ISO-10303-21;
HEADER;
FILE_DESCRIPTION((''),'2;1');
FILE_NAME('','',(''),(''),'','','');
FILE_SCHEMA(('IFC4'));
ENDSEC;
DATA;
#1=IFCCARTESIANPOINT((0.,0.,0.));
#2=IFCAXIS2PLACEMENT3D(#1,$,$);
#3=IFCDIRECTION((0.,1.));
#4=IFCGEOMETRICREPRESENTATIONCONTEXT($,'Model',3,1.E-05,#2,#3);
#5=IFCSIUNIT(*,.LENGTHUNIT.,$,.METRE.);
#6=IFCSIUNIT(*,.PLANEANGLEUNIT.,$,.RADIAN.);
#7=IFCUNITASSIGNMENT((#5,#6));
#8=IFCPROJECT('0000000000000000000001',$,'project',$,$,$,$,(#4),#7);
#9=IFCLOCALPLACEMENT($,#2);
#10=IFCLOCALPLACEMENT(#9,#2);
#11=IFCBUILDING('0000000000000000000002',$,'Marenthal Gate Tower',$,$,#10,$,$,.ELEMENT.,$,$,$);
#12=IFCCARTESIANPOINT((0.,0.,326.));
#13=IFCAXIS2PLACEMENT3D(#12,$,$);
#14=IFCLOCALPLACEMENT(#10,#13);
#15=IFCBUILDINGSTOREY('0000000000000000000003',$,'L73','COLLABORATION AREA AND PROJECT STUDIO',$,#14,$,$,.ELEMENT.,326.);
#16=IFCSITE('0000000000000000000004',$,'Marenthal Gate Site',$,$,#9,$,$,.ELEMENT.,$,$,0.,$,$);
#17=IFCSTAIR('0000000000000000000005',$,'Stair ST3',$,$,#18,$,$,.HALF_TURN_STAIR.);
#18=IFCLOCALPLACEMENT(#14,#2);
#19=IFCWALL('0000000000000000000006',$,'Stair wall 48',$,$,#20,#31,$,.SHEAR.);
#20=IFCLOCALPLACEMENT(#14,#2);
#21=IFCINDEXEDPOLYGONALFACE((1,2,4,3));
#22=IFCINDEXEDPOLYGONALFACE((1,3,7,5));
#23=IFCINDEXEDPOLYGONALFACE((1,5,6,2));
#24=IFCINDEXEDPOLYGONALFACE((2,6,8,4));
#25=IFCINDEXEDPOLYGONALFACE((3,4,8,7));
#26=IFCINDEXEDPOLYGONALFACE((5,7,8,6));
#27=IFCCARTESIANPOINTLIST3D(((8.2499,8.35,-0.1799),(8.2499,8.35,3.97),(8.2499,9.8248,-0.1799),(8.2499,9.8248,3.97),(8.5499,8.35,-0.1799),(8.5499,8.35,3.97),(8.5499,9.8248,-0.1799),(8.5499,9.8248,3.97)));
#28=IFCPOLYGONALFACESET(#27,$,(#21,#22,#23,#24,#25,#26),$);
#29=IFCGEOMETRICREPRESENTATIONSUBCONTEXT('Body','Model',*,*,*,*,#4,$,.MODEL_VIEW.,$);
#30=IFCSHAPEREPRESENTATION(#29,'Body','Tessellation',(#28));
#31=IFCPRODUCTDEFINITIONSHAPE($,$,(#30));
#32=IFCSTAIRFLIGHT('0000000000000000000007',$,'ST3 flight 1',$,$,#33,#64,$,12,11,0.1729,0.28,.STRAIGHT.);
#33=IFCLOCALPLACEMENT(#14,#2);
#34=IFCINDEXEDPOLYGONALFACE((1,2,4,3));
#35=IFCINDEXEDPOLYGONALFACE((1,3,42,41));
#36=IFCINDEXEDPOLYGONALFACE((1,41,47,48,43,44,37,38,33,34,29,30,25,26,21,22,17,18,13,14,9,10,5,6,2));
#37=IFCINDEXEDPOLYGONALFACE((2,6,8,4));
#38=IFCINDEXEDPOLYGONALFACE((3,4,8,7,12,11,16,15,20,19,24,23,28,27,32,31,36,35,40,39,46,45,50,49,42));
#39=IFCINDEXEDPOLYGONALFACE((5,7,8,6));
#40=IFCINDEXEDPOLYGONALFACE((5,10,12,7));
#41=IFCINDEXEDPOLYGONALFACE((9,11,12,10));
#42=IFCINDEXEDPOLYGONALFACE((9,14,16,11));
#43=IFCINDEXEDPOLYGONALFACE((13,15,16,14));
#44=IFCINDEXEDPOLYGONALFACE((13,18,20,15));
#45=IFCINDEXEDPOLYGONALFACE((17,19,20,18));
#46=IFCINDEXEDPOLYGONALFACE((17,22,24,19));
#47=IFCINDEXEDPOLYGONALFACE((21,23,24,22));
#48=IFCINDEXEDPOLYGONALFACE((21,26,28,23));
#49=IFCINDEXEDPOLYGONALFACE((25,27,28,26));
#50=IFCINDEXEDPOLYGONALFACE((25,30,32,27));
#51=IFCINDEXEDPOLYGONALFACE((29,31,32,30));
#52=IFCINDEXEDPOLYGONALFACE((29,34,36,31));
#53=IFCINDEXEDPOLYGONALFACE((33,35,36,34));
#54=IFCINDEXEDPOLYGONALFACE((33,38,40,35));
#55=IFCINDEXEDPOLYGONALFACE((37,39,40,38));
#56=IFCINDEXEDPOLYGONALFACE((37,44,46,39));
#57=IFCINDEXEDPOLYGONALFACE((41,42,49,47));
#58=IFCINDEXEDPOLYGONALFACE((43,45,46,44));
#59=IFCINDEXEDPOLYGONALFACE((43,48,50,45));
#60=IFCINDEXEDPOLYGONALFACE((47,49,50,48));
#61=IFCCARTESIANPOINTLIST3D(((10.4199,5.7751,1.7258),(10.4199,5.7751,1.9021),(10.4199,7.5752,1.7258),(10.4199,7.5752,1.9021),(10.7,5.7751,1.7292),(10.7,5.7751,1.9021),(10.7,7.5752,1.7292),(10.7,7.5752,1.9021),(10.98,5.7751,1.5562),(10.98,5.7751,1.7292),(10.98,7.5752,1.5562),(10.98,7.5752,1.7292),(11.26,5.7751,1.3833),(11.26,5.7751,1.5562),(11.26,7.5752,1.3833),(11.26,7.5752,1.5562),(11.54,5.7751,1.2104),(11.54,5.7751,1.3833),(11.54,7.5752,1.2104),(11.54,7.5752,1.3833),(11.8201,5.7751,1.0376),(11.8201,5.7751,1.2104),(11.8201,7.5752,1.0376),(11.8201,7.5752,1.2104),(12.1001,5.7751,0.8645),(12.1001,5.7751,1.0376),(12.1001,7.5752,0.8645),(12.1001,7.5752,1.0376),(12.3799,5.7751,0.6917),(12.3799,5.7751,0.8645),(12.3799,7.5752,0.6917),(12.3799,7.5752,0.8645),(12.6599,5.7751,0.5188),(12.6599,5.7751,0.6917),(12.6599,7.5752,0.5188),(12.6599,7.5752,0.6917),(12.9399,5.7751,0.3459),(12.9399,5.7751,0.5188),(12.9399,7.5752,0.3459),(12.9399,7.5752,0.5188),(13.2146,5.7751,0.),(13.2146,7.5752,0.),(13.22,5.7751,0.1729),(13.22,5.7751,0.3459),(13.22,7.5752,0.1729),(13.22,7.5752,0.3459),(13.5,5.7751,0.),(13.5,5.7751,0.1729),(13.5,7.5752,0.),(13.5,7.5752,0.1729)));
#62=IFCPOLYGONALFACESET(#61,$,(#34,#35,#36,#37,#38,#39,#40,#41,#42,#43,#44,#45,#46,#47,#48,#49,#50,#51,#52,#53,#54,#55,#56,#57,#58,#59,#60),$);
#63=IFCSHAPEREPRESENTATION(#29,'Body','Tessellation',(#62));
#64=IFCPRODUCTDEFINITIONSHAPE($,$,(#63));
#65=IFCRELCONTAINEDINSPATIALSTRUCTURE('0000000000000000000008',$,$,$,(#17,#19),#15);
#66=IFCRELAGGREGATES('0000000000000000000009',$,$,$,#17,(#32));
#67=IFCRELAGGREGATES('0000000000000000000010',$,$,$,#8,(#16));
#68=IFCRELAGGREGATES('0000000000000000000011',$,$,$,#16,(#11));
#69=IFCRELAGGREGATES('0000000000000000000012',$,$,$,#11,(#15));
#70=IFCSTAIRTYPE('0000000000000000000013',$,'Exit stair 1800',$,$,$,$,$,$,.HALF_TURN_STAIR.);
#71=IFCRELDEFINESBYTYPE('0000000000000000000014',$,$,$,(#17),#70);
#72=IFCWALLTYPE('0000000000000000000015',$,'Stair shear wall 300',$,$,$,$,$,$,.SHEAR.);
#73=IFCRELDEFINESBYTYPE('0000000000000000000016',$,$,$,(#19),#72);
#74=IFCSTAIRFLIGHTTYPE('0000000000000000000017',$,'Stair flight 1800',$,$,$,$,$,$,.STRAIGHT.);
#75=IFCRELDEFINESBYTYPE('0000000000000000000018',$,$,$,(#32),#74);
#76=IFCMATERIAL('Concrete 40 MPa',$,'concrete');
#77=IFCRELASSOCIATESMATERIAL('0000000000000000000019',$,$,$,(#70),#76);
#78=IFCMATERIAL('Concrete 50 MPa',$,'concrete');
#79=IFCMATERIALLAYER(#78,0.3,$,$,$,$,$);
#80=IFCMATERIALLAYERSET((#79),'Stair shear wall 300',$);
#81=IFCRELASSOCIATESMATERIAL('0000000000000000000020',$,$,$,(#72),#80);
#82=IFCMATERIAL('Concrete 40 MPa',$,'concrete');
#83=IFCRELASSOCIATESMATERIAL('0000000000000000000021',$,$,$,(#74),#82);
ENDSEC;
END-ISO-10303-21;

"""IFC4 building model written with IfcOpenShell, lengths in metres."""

from ifc_helpers import new_model, si_unit, direction, frame, frame_2d, origin, place, context, subcontext, project, spatial, polyline, rectangle, outline, extrude, material, layer, layer_set, type_object, element, aggregate, save


model = new_model("IFC4")

# Units and contexts
model_context = context("Model", 3, precision=1e-05, world=origin(), true_north=direction((0.0, 1.0)))
body_context = subcontext(model_context, "Body", "Model", "MODEL_VIEW")
ifc_project = project(units=[si_unit("LENGTHUNIT", "METRE"), si_unit("PLANEANGLEUNIT", "RADIAN")], contexts=[model_context])

# Site, building, storey
site_placement = place(None, origin())
site = spatial("IfcSite", under=ifc_project, at=site_placement, Name="Marenthal Gate Site", CompositionType="ELEMENT", RefElevation=0.0)
building_placement = place(site_placement, origin())
building = spatial("IfcBuilding", under=site, at=building_placement, Name="Marenthal Gate Tower", CompositionType="ELEMENT")
storey_placement = place(building_placement, frame((0.0, 0.0, 326.0)))
storey = spatial("IfcBuildingStorey", under=building, at=storey_placement, Name="L73", Description="COLLABORATION AREA AND PROJECT STUDIO", CompositionType="ELEMENT", Elevation=326.0)

# Stair
ifc_material_1 = material(Name="Concrete 40 MPa", Category="concrete")
stair_type = type_object("IfcStairType", Name="Exit stair 1800", PredefinedType="HALF_TURN_STAIR", material=ifc_material_1)
stair_1_placement = place(storey_placement, origin())
stair_1 = element("IfcStair", 1, at=stair_1_placement, inside=storey, type_object=stair_type, Name="Stair ST3", PredefinedType="HALF_TURN_STAIR")

# Wall
ifc_material_2 = material(Name="Concrete 50 MPa", Category="concrete")
ifc_layer_1 = layer(ifc_material_2, 0.3)
ifc_layer_set_1 = layer_set([ifc_layer_1], Name="Stair shear wall 300")
wall_type_1 = type_object("IfcWallType", Name="Stair shear wall 300", PredefinedType="SHEAR", material=ifc_layer_set_1)
wall_1_placement = place(storey_placement, frame((8.3999, 8.3501, -0.1799), z_axis=(0.0, 0.0, 1.0), x_axis=(0.0, 1.0, 0.0)))
element("IfcWall", 2, at=wall_1_placement, inside=storey, type_object=wall_type_1, Name="Stair wall 48", PredefinedType="SHEAR", context=body_context, shape_type="SweptSolid", body=[
    extrude(rectangle(XDim=1.4749, YDim=0.3, at=frame_2d((0.7373, 0.0))), origin(), (0.0, 0.0, 1.0), 4.1499),
])

# Stair flight
ifc_material_3 = material(Name="Concrete 40 MPa", Category="concrete")
stair_flight_type = type_object("IfcStairFlightType", Name="Stair flight 1800", PredefinedType="STRAIGHT", material=ifc_material_3)
stair_flight_placement = place(storey_placement, frame((13.5, 6.675, 0.0), z_axis=(0.0, 0.0, 1.0), x_axis=(-1.0, 0.0, 0.0)))
stair_flight = element("IfcStairFlight", 3, at=stair_flight_placement, type_object=stair_flight_type, Name="ST3 flight 1", NumberOfRisers=12, NumberOfTreads=11, PredefinedType="STRAIGHT", RiserHeight=0.1729, TreadLength=0.28, context=body_context, shape_type="SweptSolid", body=[
    extrude(outline(polyline([(0.0, 0.0), (0.0, 0.1729), (0.28, 0.1729), (0.28, 0.3459), (0.5601, 0.3459), (0.5601, 0.5188), (0.8401, 0.5188), (0.8401, 0.6917), (1.1201, 0.6917), (1.1201, 0.8645), (1.3999, 0.8645), (1.3999, 1.0376), (1.6799, 1.0376), (1.6799, 1.2104), (1.96, 1.2104), (1.96, 1.3833), (2.24, 1.3833), (2.24, 1.5562), (2.52, 1.5562), (2.52, 1.7292), (2.8, 1.7292), (2.8, 1.9021), (3.0801, 1.9021), (3.0801, 2.075), (3.0801, 1.7258), (0.2854, 0.0), (0.0, 0.0)])), frame((0.0, 0.8999, 0.0), z_axis=(0.0, -1.0, 0.0), x_axis=(1.0, 0.0, 0.0)), (0.0, 0.0, 1.0), 1.8),
])
aggregate(stair_1, [stair_flight])

save(model, "model.ifc")
